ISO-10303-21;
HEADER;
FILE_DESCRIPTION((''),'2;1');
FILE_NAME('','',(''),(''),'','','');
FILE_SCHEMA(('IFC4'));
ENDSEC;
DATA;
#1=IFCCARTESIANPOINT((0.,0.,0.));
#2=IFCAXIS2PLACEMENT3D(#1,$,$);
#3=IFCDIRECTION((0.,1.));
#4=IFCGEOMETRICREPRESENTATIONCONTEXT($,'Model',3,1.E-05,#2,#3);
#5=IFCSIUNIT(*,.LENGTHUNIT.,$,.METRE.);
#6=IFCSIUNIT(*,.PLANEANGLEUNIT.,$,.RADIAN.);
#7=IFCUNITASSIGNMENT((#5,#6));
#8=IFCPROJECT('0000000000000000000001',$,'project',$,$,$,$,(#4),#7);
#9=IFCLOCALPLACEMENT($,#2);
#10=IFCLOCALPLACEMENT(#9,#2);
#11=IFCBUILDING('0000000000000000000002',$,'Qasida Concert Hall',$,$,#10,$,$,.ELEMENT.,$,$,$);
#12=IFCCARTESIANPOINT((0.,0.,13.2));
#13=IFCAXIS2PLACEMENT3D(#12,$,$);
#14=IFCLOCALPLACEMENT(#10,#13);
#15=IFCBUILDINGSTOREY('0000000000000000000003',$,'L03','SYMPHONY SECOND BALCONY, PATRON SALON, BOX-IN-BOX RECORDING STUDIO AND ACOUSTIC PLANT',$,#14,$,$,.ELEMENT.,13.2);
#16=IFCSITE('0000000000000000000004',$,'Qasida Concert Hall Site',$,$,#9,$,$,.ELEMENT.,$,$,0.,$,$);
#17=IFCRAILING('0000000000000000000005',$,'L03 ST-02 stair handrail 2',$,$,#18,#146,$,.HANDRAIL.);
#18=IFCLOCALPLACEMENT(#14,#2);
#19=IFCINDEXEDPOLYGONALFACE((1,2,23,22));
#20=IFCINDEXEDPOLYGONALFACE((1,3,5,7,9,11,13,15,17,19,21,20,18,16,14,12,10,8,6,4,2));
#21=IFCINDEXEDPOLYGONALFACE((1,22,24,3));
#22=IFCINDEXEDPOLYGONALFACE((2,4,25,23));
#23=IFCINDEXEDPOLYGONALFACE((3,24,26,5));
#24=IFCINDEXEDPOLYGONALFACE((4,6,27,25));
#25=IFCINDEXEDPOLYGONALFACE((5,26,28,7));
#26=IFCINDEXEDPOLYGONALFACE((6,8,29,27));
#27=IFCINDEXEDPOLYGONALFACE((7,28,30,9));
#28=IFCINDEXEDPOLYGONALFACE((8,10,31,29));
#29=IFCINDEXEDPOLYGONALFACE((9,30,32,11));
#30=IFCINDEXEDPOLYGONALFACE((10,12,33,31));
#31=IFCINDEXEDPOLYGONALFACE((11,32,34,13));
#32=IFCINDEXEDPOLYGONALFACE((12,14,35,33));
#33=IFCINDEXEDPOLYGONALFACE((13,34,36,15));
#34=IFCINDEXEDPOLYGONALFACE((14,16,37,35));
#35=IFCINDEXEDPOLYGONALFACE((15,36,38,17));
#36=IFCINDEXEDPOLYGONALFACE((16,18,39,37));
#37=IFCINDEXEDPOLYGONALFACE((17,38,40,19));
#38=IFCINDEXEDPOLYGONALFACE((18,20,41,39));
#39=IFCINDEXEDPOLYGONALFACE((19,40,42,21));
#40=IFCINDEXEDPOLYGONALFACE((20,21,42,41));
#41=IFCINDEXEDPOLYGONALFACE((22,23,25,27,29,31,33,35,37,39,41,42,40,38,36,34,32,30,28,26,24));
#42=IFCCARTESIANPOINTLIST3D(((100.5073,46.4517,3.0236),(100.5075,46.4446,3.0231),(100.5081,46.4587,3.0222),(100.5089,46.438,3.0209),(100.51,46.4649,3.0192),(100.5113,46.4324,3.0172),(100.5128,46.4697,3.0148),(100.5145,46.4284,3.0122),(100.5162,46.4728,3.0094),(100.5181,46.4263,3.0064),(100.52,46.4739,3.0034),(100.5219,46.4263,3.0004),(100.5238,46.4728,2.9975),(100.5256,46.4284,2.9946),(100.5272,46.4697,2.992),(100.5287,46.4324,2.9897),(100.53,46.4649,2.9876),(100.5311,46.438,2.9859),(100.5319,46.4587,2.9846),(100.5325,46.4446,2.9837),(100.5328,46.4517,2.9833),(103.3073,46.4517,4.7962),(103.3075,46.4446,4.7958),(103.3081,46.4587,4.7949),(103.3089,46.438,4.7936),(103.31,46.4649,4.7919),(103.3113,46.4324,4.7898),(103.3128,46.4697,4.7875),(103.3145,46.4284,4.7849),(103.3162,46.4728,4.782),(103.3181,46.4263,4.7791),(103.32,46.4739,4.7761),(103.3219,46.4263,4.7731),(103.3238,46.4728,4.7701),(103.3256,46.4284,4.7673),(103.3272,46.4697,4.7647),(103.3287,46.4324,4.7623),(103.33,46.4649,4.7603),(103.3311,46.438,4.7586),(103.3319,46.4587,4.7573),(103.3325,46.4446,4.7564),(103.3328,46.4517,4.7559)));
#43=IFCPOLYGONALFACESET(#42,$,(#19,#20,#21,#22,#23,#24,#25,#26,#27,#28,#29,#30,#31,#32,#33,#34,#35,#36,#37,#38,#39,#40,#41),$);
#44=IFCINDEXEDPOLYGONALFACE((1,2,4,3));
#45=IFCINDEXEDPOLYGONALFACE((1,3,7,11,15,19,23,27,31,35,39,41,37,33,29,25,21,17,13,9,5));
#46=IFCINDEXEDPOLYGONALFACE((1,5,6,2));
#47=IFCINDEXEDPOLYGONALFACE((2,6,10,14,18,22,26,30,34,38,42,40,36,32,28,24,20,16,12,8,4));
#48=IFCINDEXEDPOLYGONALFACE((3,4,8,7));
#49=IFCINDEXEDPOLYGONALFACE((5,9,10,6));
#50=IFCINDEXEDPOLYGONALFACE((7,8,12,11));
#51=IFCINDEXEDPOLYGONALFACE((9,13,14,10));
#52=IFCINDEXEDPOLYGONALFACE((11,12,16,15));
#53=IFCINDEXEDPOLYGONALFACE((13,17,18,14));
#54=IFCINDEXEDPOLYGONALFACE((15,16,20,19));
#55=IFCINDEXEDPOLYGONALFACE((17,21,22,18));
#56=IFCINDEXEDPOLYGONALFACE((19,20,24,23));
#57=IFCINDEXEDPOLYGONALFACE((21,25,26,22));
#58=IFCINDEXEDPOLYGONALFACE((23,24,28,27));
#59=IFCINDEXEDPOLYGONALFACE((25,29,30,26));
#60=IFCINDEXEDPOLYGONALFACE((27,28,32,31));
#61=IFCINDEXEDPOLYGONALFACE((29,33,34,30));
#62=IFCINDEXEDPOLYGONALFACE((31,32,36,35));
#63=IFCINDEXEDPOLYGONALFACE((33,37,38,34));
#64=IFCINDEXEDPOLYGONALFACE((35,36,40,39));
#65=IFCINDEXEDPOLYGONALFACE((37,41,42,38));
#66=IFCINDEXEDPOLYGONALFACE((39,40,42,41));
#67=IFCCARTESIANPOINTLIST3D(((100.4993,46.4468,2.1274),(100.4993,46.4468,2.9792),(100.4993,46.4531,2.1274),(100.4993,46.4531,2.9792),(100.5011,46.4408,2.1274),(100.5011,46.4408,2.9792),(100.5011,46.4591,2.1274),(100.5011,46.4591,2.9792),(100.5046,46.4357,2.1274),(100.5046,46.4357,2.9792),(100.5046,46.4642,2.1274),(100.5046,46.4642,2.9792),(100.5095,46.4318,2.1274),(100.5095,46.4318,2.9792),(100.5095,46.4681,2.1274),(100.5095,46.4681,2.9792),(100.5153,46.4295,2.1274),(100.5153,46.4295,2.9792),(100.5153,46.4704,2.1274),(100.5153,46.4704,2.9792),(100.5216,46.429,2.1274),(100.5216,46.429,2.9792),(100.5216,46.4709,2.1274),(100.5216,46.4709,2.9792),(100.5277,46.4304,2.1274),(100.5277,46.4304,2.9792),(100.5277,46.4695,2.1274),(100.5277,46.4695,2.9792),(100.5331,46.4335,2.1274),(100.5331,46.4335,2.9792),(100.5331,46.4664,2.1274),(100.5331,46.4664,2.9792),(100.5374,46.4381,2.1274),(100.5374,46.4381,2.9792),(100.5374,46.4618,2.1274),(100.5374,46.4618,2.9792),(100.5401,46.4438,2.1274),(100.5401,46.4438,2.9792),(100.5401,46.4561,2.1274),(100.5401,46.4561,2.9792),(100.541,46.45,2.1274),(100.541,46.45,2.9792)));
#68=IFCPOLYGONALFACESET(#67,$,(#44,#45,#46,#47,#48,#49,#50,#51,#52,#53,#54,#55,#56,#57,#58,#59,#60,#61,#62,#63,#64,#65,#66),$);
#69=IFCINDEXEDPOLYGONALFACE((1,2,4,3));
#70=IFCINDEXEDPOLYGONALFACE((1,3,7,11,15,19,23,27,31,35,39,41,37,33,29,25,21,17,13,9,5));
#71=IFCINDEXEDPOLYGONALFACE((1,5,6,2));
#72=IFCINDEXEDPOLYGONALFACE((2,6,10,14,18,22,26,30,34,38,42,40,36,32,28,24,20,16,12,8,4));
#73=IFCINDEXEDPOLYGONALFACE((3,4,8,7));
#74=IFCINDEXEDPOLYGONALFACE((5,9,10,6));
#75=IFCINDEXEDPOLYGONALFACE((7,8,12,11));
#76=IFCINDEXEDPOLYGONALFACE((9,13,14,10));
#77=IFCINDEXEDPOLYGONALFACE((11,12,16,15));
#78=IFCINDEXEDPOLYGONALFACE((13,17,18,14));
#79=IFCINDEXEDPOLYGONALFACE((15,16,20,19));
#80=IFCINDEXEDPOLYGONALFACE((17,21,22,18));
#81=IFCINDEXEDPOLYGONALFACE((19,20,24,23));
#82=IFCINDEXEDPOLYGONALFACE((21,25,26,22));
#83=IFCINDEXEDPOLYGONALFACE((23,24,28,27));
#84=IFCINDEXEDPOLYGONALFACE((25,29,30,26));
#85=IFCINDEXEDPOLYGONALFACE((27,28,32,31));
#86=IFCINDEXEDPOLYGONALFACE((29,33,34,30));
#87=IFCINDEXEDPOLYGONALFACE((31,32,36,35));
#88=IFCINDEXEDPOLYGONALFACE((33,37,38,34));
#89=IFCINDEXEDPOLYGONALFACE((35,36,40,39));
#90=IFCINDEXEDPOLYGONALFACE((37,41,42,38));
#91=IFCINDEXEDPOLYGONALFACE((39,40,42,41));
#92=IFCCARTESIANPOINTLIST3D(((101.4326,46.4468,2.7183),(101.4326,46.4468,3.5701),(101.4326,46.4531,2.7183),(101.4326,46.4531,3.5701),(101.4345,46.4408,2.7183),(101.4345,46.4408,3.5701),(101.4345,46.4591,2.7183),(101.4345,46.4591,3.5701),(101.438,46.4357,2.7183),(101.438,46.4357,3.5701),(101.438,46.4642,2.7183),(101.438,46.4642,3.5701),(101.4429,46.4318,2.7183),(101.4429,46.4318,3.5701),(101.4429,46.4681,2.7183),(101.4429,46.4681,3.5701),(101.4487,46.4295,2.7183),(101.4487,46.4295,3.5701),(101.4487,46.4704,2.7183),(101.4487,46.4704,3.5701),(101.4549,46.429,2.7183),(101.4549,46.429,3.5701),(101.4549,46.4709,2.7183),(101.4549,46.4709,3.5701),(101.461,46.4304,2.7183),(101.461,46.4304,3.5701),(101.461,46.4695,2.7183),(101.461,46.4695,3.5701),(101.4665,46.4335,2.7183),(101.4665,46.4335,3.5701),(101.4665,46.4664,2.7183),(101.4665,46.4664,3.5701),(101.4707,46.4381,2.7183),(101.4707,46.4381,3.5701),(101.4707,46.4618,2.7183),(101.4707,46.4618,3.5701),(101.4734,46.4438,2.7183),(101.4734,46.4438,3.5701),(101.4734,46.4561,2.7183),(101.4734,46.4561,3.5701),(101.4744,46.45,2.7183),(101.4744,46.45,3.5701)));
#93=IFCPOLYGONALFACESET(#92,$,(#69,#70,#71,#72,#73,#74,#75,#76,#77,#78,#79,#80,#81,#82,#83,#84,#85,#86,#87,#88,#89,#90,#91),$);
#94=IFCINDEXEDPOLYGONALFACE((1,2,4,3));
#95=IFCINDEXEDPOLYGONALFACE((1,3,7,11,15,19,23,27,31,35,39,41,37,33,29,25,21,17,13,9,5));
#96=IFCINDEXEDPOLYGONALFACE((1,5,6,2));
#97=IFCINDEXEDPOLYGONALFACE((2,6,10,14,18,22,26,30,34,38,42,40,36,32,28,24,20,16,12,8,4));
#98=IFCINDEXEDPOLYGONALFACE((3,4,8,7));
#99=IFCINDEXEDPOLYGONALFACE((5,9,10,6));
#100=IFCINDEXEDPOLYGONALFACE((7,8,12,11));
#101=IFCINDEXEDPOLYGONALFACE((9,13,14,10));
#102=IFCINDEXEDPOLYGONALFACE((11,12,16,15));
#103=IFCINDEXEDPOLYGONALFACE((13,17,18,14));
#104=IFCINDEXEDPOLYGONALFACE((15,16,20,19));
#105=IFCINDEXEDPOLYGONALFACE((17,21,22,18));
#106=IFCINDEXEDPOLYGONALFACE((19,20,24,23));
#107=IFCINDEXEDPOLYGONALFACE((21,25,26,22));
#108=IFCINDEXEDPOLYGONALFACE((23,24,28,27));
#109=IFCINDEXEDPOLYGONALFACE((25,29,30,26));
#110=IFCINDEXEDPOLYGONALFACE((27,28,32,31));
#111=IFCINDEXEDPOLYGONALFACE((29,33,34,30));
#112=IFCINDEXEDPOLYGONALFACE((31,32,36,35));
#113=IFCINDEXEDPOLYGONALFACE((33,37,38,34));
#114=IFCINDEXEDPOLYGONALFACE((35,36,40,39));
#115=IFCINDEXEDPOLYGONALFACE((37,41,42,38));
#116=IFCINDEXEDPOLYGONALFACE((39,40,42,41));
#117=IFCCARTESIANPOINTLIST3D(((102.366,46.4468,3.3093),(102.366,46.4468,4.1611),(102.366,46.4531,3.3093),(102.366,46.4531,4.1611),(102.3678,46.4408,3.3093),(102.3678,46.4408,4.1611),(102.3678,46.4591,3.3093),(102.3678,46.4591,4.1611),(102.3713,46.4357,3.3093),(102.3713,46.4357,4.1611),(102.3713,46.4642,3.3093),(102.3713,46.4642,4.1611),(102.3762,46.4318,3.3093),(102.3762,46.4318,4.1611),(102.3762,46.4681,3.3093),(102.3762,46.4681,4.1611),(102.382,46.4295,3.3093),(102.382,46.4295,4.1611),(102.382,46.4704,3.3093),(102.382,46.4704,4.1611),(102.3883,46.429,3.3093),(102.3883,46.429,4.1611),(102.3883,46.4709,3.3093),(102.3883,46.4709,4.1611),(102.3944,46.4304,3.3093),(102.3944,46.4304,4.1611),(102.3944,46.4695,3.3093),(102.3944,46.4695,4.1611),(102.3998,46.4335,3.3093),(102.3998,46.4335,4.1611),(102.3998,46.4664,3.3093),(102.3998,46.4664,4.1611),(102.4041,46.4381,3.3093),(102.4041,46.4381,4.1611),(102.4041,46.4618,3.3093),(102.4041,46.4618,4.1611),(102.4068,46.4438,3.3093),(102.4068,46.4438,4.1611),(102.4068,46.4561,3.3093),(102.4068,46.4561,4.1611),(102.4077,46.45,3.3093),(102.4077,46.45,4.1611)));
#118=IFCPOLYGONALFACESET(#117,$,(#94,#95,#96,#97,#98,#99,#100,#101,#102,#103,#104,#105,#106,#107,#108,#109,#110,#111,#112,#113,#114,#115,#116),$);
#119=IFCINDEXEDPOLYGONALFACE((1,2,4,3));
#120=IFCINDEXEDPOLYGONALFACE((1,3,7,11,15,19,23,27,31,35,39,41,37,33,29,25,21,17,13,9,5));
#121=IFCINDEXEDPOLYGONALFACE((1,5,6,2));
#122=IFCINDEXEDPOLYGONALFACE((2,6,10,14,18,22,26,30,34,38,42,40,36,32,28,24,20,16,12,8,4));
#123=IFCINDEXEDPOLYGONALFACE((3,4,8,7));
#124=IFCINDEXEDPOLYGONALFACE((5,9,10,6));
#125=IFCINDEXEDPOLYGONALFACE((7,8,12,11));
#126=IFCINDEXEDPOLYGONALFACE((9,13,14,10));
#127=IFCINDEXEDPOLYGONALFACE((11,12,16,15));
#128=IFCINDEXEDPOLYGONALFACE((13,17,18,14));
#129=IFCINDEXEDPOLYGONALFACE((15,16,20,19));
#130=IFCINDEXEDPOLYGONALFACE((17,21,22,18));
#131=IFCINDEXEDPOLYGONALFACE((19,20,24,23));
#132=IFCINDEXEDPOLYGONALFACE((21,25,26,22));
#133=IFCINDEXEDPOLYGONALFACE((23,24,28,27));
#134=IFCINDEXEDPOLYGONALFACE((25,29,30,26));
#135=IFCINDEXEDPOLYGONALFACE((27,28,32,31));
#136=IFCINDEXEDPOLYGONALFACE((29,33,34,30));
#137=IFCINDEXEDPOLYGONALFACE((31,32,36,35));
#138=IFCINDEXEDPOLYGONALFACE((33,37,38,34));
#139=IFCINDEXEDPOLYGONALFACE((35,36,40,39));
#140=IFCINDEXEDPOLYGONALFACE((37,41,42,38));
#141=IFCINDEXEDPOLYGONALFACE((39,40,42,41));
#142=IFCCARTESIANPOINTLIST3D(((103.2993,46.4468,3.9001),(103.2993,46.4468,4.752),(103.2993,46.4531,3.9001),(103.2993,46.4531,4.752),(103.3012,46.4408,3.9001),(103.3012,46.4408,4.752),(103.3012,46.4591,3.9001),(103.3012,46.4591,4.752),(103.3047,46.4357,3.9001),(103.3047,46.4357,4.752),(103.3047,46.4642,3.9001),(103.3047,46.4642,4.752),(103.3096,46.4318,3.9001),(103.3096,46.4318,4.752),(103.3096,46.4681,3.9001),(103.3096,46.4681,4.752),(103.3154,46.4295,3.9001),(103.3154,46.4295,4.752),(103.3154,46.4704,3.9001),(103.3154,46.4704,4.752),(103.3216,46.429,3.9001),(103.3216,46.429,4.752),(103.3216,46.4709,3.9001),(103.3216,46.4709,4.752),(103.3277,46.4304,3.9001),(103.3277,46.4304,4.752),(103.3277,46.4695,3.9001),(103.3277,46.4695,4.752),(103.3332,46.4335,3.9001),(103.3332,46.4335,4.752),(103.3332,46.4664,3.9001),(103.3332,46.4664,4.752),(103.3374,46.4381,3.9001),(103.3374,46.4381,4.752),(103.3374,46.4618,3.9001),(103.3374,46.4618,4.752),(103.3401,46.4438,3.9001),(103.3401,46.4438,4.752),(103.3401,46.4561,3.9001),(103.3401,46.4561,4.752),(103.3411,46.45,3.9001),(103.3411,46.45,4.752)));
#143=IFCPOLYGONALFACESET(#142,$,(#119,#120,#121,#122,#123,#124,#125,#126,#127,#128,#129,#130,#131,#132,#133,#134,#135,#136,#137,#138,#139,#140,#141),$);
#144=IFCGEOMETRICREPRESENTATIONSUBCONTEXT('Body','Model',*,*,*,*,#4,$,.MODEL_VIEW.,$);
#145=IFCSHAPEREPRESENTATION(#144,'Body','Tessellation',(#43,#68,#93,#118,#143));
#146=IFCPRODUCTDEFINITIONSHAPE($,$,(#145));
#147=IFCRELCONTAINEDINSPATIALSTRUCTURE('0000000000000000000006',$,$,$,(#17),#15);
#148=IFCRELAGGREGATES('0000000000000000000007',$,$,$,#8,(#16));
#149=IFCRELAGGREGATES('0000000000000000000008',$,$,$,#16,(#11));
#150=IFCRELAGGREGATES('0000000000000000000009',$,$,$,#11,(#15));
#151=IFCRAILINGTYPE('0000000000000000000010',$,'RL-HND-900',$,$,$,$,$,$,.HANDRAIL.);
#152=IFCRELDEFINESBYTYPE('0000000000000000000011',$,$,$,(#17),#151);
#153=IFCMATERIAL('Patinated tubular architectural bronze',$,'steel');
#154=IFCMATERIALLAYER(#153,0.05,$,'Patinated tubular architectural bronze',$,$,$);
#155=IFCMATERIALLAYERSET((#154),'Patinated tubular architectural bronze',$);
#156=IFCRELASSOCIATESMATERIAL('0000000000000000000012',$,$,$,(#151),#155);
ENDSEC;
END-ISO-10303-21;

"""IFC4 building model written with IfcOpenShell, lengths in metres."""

from ifc_helpers import new_model, si_unit, direction, frame, origin, origin_2d, place, context, subcontext, project, spatial, circle, extrude, material, layer, layer_set, type_object, element, save


model = new_model("IFC4")

# Units and contexts
model_context = context("Model", 3, precision=1e-05, world=origin(), true_north=direction((0.0, 1.0)))
body_context = subcontext(model_context, "Body", "Model", "MODEL_VIEW")
ifc_project = project(units=[si_unit("LENGTHUNIT", "METRE"), si_unit("PLANEANGLEUNIT", "RADIAN")], contexts=[model_context])

# Site, building, storey
site_placement = place(None, origin())
site = spatial("IfcSite", under=ifc_project, at=site_placement, Name="Qasida Concert Hall Site", CompositionType="ELEMENT", RefElevation=0.0)
building_placement = place(site_placement, origin())
building = spatial("IfcBuilding", under=site, at=building_placement, Name="Qasida Concert Hall", CompositionType="ELEMENT")
storey_placement = place(building_placement, frame((0.0, 0.0, 13.2)))
storey = spatial("IfcBuildingStorey", under=building, at=storey_placement, Name="L03", Description="SYMPHONY SECOND BALCONY, PATRON SALON, BOX-IN-BOX RECORDING STUDIO AND ACOUSTIC PLANT", CompositionType="ELEMENT", Elevation=13.2)

# Railing
ifc_material_1 = material(Name="Patinated tubular architectural bronze", Category="steel")
ifc_layer_1 = layer(ifc_material_1, 0.05, Name="Patinated tubular architectural bronze")
ifc_layer_set_1 = layer_set([ifc_layer_1], Name="Patinated tubular architectural bronze")
railing_type_1 = type_object("IfcRailingType", Name="RL-HND-900", PredefinedType="HANDRAIL", material=ifc_layer_set_1)
railing_1_placement = place(storey_placement, frame((100.52, 46.45, 2.1274)))
element("IfcRailing", 1, at=railing_1_placement, inside=storey, type_object=railing_type_1, Name="L03 ST-02 stair handrail 2", PredefinedType="HANDRAIL", context=body_context, shape_type="SweptSolid", body=[
    extrude(circle(Radius=0.0239, at=origin_2d()), frame((0.0, 0.0, 0.876), z_axis=(0.844909, 0.0, 0.53491), x_axis=(0.0, 1.0, 0.0)), (0.0, 0.0, 1.0), 3.314),
    extrude(circle(Radius=0.021, at=origin_2d()), origin(), (0.0, 0.0, 1.0), 0.8518),
    extrude(circle(Radius=0.021, at=origin_2d()), frame((0.9333, 0.0, 0.5908)), (0.0, 0.0, 1.0), 0.8518),
    extrude(circle(Radius=0.021, at=origin_2d()), frame((1.8667, 0.0, 1.1819)), (0.0, 0.0, 1.0), 0.8518),
    extrude(circle(Radius=0.021, at=origin_2d()), frame((2.8, 0.0, 1.7727)), (0.0, 0.0, 1.0), 0.8518),
])

save(model, "model.ifc")
